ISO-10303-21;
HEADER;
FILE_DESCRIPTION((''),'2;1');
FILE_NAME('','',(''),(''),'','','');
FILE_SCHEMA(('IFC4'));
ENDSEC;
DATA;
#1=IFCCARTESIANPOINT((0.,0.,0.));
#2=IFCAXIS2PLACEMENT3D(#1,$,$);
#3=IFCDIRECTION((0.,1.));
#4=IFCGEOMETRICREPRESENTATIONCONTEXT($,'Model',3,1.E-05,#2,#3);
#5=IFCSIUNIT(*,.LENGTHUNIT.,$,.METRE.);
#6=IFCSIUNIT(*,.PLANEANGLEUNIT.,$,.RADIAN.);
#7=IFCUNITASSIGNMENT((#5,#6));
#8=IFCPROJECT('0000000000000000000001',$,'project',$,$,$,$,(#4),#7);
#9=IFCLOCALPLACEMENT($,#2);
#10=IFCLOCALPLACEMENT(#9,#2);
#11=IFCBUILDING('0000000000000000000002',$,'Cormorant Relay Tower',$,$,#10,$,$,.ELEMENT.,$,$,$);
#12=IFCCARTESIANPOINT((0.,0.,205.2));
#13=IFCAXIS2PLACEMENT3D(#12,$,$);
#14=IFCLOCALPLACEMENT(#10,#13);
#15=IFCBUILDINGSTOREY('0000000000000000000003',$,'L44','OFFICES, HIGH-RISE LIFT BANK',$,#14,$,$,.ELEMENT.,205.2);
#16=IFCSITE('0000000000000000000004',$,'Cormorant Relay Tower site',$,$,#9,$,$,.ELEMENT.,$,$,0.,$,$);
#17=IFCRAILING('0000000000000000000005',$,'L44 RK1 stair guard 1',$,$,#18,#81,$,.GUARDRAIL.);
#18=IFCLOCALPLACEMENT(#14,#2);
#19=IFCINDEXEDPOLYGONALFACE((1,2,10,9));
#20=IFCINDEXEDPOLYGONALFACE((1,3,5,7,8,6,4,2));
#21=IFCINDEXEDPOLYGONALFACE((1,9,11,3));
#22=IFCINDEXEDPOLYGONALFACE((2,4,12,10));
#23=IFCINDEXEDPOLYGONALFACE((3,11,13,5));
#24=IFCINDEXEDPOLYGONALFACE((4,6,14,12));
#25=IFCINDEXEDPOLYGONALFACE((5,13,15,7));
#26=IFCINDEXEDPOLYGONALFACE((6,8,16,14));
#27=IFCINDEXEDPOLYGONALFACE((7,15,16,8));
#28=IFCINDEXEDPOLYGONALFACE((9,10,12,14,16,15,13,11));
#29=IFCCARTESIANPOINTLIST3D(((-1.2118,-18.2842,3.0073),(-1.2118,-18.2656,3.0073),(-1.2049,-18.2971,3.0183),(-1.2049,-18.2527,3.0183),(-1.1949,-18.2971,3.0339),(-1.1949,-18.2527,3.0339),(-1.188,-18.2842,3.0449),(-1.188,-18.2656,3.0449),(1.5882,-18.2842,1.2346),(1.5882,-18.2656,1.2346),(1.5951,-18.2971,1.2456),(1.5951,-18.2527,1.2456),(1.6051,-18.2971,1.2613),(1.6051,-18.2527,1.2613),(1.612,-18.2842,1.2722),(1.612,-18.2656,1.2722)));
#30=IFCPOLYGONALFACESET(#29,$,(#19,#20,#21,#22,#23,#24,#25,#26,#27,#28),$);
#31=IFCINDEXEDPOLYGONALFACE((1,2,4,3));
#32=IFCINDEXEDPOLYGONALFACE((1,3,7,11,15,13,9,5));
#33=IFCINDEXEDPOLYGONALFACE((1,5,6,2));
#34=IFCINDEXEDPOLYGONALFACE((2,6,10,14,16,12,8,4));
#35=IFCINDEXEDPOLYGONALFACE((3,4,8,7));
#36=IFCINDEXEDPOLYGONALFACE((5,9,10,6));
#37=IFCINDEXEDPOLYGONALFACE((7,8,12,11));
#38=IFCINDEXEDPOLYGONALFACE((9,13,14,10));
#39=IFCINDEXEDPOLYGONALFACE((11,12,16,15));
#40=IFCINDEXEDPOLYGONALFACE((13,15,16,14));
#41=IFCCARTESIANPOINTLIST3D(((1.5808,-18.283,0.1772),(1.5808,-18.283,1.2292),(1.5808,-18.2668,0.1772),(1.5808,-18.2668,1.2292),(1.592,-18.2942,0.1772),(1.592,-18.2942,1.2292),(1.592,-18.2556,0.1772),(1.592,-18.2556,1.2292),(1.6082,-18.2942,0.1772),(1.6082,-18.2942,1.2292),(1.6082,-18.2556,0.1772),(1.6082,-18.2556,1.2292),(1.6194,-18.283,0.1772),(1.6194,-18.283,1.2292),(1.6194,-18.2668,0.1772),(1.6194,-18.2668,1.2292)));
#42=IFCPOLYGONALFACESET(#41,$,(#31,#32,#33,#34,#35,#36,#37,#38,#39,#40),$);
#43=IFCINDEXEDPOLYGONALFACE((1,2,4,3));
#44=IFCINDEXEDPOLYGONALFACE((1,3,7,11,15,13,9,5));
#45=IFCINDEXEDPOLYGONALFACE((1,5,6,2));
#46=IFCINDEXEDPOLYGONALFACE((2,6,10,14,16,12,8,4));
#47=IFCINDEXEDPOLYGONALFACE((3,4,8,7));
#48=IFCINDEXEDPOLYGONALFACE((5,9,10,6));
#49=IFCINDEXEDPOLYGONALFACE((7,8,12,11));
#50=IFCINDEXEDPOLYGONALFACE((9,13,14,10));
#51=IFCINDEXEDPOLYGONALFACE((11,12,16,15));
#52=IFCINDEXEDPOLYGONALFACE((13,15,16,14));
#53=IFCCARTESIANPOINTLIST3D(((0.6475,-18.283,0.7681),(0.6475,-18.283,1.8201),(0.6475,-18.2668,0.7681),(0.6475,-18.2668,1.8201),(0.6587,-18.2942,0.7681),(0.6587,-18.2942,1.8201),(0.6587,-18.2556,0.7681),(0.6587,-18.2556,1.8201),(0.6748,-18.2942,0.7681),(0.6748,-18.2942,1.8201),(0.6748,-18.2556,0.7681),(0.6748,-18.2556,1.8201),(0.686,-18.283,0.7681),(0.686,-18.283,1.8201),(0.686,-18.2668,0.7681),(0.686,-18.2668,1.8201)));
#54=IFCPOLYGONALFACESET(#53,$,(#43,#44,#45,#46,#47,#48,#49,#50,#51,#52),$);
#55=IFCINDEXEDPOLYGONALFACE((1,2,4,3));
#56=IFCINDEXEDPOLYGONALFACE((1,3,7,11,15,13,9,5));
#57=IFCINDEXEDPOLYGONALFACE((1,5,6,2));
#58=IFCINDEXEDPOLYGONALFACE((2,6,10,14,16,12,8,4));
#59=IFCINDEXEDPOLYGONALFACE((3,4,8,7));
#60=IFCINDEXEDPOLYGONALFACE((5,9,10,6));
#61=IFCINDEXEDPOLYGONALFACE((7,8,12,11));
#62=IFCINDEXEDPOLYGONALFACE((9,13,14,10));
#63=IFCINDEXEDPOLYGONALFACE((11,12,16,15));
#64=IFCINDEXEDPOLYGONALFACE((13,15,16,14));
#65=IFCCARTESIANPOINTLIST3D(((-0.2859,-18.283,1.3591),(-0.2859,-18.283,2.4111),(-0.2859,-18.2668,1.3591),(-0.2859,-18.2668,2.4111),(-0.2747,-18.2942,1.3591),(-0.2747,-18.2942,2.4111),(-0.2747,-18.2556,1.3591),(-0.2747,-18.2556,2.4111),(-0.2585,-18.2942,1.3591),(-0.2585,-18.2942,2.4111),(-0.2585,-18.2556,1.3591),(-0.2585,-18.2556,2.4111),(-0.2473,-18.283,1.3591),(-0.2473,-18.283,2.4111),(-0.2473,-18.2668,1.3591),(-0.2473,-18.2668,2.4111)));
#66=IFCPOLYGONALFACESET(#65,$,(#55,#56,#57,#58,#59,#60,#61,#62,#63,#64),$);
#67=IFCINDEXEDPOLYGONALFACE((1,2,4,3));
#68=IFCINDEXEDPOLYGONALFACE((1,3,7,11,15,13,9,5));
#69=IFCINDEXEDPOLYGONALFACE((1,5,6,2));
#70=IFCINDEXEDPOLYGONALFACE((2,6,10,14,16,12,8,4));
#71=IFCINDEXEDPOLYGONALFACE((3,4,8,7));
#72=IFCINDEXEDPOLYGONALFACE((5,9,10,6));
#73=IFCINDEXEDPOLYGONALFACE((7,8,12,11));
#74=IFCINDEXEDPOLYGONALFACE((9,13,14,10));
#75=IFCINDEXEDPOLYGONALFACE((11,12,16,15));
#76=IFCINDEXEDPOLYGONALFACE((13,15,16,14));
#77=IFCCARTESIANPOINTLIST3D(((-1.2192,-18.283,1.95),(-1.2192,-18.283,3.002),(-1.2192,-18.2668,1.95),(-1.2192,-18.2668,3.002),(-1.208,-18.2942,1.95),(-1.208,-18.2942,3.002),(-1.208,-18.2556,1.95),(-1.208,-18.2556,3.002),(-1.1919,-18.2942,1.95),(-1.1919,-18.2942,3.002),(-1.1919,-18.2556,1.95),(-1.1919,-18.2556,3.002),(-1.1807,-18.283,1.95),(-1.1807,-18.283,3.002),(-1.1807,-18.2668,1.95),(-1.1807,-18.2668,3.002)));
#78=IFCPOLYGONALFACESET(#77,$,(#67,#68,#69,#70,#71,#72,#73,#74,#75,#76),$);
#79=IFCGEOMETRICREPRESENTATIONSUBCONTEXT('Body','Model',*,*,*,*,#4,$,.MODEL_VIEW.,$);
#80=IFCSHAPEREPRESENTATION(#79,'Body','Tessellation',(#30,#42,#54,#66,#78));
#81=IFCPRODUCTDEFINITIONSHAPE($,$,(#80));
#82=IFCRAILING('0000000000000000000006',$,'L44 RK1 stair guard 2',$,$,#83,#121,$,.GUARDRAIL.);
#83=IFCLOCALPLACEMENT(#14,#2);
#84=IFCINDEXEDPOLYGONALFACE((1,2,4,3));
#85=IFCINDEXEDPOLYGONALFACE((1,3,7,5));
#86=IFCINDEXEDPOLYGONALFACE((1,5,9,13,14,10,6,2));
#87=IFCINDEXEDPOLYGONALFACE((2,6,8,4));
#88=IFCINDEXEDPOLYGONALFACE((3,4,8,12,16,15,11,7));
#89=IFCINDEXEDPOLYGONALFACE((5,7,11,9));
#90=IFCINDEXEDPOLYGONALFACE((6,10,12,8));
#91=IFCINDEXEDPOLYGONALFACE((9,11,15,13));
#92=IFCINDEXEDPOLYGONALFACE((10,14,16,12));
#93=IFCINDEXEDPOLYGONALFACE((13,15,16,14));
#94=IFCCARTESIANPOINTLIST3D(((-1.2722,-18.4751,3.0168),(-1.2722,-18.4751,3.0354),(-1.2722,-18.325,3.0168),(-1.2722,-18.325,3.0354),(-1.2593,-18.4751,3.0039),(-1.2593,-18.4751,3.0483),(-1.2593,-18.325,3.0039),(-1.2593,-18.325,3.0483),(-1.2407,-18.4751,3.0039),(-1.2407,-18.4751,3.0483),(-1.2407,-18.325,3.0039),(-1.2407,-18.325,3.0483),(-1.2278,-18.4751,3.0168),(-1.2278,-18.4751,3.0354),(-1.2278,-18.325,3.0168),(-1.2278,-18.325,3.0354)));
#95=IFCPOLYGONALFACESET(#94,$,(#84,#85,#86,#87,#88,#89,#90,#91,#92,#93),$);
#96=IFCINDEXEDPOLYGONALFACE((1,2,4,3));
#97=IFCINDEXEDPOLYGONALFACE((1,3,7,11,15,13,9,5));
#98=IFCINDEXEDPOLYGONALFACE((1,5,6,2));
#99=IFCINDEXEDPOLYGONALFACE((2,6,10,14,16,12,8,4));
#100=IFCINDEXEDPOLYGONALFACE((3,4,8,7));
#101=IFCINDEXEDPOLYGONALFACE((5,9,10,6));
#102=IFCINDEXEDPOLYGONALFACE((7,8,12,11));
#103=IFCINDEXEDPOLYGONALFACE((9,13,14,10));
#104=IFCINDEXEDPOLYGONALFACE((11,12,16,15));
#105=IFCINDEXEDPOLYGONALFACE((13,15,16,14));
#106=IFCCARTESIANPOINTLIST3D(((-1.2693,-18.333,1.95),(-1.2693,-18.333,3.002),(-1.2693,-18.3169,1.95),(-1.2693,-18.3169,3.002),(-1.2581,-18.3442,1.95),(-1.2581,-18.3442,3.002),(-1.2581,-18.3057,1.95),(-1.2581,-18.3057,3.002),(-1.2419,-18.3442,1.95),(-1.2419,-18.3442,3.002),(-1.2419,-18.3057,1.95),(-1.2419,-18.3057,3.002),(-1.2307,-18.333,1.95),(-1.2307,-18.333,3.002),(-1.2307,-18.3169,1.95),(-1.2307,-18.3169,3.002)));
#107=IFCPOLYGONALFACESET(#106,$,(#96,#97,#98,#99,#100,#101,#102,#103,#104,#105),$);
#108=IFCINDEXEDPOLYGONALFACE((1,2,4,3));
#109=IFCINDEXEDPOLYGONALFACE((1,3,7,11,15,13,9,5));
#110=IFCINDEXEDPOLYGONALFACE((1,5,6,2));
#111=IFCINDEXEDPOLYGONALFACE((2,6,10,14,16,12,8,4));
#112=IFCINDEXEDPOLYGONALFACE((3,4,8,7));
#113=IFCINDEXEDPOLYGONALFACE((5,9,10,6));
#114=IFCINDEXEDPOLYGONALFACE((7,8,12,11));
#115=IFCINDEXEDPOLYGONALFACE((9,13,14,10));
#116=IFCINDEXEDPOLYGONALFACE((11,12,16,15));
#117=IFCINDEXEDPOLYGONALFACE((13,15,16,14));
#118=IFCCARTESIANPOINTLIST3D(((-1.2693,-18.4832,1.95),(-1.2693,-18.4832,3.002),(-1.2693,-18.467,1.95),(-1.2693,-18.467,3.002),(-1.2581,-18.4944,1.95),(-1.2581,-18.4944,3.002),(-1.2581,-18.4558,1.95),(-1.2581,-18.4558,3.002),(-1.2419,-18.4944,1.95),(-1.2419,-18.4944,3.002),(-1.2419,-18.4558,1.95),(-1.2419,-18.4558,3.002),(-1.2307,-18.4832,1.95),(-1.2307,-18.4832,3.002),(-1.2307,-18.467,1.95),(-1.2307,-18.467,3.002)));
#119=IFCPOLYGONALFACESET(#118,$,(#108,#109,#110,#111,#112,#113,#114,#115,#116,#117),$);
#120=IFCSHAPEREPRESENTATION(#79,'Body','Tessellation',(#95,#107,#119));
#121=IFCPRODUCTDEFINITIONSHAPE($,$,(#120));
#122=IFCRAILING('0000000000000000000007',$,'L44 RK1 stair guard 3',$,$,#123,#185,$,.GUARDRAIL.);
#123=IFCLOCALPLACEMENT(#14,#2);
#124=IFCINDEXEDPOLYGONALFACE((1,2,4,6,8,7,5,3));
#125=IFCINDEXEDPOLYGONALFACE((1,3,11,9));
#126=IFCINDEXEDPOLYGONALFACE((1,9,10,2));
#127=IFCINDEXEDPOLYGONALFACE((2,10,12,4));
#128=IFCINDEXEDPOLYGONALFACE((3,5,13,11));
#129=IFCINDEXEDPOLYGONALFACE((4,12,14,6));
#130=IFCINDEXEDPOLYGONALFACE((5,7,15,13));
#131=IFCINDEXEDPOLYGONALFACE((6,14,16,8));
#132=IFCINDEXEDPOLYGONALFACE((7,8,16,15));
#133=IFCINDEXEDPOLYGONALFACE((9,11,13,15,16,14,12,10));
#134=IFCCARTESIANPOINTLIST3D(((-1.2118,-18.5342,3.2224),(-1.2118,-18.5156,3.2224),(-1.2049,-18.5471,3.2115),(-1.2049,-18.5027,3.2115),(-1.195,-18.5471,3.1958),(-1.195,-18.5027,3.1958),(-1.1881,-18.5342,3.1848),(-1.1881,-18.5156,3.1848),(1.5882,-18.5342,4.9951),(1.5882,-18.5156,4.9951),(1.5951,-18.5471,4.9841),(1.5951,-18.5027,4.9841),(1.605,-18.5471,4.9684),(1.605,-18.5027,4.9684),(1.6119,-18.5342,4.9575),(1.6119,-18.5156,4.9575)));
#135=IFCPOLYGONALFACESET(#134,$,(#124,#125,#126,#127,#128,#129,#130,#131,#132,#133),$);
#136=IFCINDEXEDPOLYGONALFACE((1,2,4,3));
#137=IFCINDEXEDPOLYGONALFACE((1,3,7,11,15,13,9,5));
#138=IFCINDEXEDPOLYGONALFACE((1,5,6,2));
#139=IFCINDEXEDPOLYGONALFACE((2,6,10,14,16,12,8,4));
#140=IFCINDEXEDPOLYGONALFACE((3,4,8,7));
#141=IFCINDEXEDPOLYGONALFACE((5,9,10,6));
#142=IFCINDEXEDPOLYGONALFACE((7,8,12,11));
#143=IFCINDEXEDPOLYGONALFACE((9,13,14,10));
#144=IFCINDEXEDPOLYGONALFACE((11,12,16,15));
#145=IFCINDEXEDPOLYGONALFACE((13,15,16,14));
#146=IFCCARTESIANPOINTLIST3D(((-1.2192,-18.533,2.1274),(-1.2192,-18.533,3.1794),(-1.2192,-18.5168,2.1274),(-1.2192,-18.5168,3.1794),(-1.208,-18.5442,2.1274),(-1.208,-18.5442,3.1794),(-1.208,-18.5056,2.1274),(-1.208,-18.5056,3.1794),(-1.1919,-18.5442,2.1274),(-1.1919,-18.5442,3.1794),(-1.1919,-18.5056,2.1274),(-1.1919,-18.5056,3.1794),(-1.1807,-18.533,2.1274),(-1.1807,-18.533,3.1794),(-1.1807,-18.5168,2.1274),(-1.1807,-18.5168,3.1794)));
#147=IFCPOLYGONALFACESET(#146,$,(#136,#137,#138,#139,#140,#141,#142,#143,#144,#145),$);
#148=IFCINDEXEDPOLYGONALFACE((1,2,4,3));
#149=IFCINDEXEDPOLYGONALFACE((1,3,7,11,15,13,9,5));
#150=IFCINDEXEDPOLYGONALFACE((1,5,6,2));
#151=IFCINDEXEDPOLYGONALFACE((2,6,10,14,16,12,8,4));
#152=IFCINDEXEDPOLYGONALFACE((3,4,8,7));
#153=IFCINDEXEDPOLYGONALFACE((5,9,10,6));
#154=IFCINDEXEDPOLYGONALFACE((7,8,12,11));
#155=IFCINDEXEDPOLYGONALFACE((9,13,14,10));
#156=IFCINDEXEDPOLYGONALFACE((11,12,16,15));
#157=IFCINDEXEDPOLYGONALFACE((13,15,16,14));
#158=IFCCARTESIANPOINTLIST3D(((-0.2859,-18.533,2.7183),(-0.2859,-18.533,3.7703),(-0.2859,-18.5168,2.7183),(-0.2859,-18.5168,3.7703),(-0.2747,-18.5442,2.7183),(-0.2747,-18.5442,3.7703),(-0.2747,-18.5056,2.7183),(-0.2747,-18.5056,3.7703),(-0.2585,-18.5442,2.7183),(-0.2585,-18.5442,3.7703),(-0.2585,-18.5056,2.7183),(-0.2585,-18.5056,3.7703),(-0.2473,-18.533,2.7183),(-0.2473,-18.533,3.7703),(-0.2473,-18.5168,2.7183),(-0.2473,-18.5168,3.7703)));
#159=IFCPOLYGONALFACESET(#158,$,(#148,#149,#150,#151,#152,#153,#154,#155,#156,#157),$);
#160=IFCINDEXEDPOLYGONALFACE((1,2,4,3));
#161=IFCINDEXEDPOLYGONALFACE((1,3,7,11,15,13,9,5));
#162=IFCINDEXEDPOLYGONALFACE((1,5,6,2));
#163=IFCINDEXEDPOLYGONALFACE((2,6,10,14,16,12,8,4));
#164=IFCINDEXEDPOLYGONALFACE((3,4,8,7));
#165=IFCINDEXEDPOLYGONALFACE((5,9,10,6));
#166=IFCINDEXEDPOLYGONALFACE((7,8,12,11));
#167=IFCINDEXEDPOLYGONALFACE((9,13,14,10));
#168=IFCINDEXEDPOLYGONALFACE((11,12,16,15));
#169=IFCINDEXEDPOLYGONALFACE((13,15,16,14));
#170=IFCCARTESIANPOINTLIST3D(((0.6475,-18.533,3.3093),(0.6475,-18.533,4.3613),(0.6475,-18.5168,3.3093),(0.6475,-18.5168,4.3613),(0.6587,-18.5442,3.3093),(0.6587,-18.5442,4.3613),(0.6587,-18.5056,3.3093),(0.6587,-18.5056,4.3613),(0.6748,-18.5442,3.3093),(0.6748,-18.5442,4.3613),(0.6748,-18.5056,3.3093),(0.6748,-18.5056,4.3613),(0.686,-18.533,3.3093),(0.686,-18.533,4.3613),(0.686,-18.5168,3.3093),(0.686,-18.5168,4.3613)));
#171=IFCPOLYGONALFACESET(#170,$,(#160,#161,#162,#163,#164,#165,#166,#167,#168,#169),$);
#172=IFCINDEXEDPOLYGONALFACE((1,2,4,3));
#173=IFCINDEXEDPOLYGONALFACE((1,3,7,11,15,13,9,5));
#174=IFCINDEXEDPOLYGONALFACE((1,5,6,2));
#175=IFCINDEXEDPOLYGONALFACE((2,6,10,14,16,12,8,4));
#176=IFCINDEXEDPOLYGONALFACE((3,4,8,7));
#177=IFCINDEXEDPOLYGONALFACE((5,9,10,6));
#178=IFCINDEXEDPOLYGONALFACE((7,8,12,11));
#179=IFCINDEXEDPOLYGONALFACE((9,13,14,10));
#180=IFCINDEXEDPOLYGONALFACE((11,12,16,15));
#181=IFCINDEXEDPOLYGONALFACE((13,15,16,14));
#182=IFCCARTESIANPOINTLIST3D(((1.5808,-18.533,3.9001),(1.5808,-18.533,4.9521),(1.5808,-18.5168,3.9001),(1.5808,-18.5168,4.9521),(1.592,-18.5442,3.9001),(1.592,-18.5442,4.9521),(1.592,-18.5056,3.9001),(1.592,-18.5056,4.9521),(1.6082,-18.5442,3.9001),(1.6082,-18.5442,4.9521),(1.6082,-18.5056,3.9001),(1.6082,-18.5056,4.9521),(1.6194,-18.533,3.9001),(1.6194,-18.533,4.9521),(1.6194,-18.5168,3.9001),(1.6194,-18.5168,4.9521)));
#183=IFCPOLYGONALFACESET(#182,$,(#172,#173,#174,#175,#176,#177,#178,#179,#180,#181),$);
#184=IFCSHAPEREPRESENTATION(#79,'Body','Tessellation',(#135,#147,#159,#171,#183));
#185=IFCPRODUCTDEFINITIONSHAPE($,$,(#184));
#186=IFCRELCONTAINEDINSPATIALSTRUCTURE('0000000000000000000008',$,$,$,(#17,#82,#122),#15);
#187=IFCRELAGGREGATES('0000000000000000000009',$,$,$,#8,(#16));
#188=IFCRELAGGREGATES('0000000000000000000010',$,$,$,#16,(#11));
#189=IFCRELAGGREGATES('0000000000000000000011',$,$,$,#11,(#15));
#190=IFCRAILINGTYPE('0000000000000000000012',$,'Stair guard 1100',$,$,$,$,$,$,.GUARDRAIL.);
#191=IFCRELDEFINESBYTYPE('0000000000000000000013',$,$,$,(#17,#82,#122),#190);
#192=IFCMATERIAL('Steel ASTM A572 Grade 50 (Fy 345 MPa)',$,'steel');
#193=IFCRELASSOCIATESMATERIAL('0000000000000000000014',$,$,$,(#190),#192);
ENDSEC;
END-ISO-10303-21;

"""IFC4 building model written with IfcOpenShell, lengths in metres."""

from ifc_helpers import new_model, si_unit, direction, frame, origin, place, context, subcontext, project, spatial, polyline, outline, extrude, material, type_object, element, save


model = new_model("IFC4")

# Units and contexts
model_context = context("Model", 3, precision=1e-05, world=origin(), true_north=direction((0.0, 1.0)))
body_context = subcontext(model_context, "Body", "Model", "MODEL_VIEW")
ifc_project = project(units=[si_unit("LENGTHUNIT", "METRE"), si_unit("PLANEANGLEUNIT", "RADIAN")], contexts=[model_context])

# Site, building, storey
site_placement = place(None, origin())
site = spatial("IfcSite", under=ifc_project, at=site_placement, Name="Cormorant Relay Tower site", CompositionType="ELEMENT", RefElevation=0.0)
building_placement = place(site_placement, origin())
building = spatial("IfcBuilding", under=site, at=building_placement, Name="Cormorant Relay Tower", CompositionType="ELEMENT")
storey_placement = place(building_placement, frame((0.0, 0.0, 205.2)))
storey = spatial("IfcBuildingStorey", under=building, at=storey_placement, Name="L44", Description="OFFICES, HIGH-RISE LIFT BANK", CompositionType="ELEMENT", Elevation=205.2)

# Railings
ifc_material_1 = material(Name="Steel ASTM A572 Grade 50 (Fy 345 MPa)", Category="steel")
railing_type_1 = type_object("IfcRailingType", Name="Stair guard 1100", PredefinedType="GUARDRAIL", material=ifc_material_1)
railing_1_placement = place(storey_placement, frame((1.6001, -18.2749, 0.1772)))
element("IfcRailing", 1, at=railing_1_placement, inside=storey, type_object=railing_type_1, Name="L44 RK1 stair guard 1", PredefinedType="GUARDRAIL", context=body_context, shape_type="SweptSolid", body=[
    extrude(outline(polyline([(0.0222, 0.0093), (0.0093, 0.0222), (-0.0093, 0.0222), (-0.0222, 0.0093), (-0.0222, -0.0093), (-0.0093, -0.0222), (0.0093, -0.0222), (0.0222, -0.0093), (0.0222, 0.0093)])), frame((0.0, 0.0, 1.0762), z_axis=(-0.844909, 0.0, 0.53491), x_axis=(0.0, -1.0, 0.0)), (0.0, 0.0, 1.0), 3.314),
    extrude(outline(polyline([(0.0193, 0.0081), (0.0081, 0.0193), (-0.0081, 0.0193), (-0.0193, 0.0081), (-0.0193, -0.0081), (-0.0081, -0.0193), (0.0081, -0.0193), (0.0193, -0.0081), (0.0193, 0.0081)])), origin(), (0.0, 0.0, 1.0), 1.052),
    extrude(outline(polyline([(0.0193, 0.0081), (0.0081, 0.0193), (-0.0081, 0.0193), (-0.0193, 0.0081), (-0.0193, -0.0081), (-0.0081, -0.0193), (0.0081, -0.0193), (0.0193, -0.0081), (0.0193, 0.0081)])), frame((-0.9333, 0.0, 0.5908)), (0.0, 0.0, 1.0), 1.052),
    extrude(outline(polyline([(0.0193, 0.0081), (0.0081, 0.0193), (-0.0081, 0.0193), (-0.0193, 0.0081), (-0.0193, -0.0081), (-0.0081, -0.0193), (0.0081, -0.0193), (0.0193, -0.0081), (0.0193, 0.0081)])), frame((-1.8667, 0.0, 1.1819)), (0.0, 0.0, 1.0), 1.052),
    extrude(outline(polyline([(0.0193, 0.0081), (0.0081, 0.0193), (-0.0081, 0.0193), (-0.0193, 0.0081), (-0.0193, -0.0081), (-0.0081, -0.0193), (0.0081, -0.0193), (0.0193, -0.0081), (0.0193, 0.0081)])), frame((-2.8, 0.0, 1.7727)), (0.0, 0.0, 1.0), 1.052),
])
railing_2_placement = place(storey_placement, frame((-1.25, -18.325, 1.95)))
element("IfcRailing", 2, at=railing_2_placement, inside=storey, type_object=railing_type_1, Name="L44 RK1 stair guard 2", PredefinedType="GUARDRAIL", context=body_context, shape_type="SweptSolid", body=[
    extrude(outline(polyline([(0.0222, 0.0093), (0.0093, 0.0222), (-0.0093, 0.0222), (-0.0222, 0.0093), (-0.0222, -0.0093), (-0.0093, -0.0222), (0.0093, -0.0222), (0.0222, -0.0093), (0.0222, 0.0093)])), frame((0.0, 0.0, 1.0762), z_axis=(0.0, -1.0, 0.0), x_axis=(1.0, 0.0, 0.0)), (0.0, 0.0, 1.0), 0.1501),
    extrude(outline(polyline([(0.0193, 0.0081), (0.0081, 0.0193), (-0.0081, 0.0193), (-0.0193, 0.0081), (-0.0193, -0.0081), (-0.0081, -0.0193), (0.0081, -0.0193), (0.0193, -0.0081), (0.0193, 0.0081)])), origin(), (0.0, 0.0, 1.0), 1.052),
    extrude(outline(polyline([(0.0193, 0.0081), (0.0081, 0.0193), (-0.0081, 0.0193), (-0.0193, 0.0081), (-0.0193, -0.0081), (-0.0081, -0.0193), (0.0081, -0.0193), (0.0193, -0.0081), (0.0193, 0.0081)])), frame((0.0, -0.1501, 0.0)), (0.0, 0.0, 1.0), 1.052),
])
railing_3_placement = place(storey_placement, frame((-1.2, -18.5249, 2.1274)))
element("IfcRailing", 3, at=railing_3_placement, inside=storey, type_object=railing_type_1, Name="L44 RK1 stair guard 3", PredefinedType="GUARDRAIL", context=body_context, shape_type="SweptSolid", body=[
    extrude(outline(polyline([(0.0222, 0.0093), (0.0093, 0.0222), (-0.0093, 0.0222), (-0.0222, 0.0093), (-0.0222, -0.0093), (-0.0093, -0.0222), (0.0093, -0.0222), (0.0222, -0.0093), (0.0222, 0.0093)])), frame((0.0, 0.0, 1.0762), z_axis=(0.844909, 0.0, 0.53491), x_axis=(0.0, 1.0, 0.0)), (0.0, 0.0, 1.0), 3.314),
    extrude(outline(polyline([(0.0193, 0.0081), (0.0081, 0.0193), (-0.0081, 0.0193), (-0.0193, 0.0081), (-0.0193, -0.0081), (-0.0081, -0.0193), (0.0081, -0.0193), (0.0193, -0.0081), (0.0193, 0.0081)])), origin(), (0.0, 0.0, 1.0), 1.052),
    extrude(outline(polyline([(0.0193, 0.0081), (0.0081, 0.0193), (-0.0081, 0.0193), (-0.0193, 0.0081), (-0.0193, -0.0081), (-0.0081, -0.0193), (0.0081, -0.0193), (0.0193, -0.0081), (0.0193, 0.0081)])), frame((0.9333, 0.0, 0.5908)), (0.0, 0.0, 1.0), 1.052),
    extrude(outline(polyline([(0.0193, 0.0081), (0.0081, 0.0193), (-0.0081, 0.0193), (-0.0193, 0.0081), (-0.0193, -0.0081), (-0.0081, -0.0193), (0.0081, -0.0193), (0.0193, -0.0081), (0.0193, 0.0081)])), frame((1.8667, 0.0, 1.1819)), (0.0, 0.0, 1.0), 1.052),
    extrude(outline(polyline([(0.0193, 0.0081), (0.0081, 0.0193), (-0.0081, 0.0193), (-0.0193, 0.0081), (-0.0193, -0.0081), (-0.0081, -0.0193), (0.0081, -0.0193), (0.0193, -0.0081), (0.0193, 0.0081)])), frame((2.8, 0.0, 1.7727)), (0.0, 0.0, 1.0), 1.052),
])

save(model, "model.ifc")
